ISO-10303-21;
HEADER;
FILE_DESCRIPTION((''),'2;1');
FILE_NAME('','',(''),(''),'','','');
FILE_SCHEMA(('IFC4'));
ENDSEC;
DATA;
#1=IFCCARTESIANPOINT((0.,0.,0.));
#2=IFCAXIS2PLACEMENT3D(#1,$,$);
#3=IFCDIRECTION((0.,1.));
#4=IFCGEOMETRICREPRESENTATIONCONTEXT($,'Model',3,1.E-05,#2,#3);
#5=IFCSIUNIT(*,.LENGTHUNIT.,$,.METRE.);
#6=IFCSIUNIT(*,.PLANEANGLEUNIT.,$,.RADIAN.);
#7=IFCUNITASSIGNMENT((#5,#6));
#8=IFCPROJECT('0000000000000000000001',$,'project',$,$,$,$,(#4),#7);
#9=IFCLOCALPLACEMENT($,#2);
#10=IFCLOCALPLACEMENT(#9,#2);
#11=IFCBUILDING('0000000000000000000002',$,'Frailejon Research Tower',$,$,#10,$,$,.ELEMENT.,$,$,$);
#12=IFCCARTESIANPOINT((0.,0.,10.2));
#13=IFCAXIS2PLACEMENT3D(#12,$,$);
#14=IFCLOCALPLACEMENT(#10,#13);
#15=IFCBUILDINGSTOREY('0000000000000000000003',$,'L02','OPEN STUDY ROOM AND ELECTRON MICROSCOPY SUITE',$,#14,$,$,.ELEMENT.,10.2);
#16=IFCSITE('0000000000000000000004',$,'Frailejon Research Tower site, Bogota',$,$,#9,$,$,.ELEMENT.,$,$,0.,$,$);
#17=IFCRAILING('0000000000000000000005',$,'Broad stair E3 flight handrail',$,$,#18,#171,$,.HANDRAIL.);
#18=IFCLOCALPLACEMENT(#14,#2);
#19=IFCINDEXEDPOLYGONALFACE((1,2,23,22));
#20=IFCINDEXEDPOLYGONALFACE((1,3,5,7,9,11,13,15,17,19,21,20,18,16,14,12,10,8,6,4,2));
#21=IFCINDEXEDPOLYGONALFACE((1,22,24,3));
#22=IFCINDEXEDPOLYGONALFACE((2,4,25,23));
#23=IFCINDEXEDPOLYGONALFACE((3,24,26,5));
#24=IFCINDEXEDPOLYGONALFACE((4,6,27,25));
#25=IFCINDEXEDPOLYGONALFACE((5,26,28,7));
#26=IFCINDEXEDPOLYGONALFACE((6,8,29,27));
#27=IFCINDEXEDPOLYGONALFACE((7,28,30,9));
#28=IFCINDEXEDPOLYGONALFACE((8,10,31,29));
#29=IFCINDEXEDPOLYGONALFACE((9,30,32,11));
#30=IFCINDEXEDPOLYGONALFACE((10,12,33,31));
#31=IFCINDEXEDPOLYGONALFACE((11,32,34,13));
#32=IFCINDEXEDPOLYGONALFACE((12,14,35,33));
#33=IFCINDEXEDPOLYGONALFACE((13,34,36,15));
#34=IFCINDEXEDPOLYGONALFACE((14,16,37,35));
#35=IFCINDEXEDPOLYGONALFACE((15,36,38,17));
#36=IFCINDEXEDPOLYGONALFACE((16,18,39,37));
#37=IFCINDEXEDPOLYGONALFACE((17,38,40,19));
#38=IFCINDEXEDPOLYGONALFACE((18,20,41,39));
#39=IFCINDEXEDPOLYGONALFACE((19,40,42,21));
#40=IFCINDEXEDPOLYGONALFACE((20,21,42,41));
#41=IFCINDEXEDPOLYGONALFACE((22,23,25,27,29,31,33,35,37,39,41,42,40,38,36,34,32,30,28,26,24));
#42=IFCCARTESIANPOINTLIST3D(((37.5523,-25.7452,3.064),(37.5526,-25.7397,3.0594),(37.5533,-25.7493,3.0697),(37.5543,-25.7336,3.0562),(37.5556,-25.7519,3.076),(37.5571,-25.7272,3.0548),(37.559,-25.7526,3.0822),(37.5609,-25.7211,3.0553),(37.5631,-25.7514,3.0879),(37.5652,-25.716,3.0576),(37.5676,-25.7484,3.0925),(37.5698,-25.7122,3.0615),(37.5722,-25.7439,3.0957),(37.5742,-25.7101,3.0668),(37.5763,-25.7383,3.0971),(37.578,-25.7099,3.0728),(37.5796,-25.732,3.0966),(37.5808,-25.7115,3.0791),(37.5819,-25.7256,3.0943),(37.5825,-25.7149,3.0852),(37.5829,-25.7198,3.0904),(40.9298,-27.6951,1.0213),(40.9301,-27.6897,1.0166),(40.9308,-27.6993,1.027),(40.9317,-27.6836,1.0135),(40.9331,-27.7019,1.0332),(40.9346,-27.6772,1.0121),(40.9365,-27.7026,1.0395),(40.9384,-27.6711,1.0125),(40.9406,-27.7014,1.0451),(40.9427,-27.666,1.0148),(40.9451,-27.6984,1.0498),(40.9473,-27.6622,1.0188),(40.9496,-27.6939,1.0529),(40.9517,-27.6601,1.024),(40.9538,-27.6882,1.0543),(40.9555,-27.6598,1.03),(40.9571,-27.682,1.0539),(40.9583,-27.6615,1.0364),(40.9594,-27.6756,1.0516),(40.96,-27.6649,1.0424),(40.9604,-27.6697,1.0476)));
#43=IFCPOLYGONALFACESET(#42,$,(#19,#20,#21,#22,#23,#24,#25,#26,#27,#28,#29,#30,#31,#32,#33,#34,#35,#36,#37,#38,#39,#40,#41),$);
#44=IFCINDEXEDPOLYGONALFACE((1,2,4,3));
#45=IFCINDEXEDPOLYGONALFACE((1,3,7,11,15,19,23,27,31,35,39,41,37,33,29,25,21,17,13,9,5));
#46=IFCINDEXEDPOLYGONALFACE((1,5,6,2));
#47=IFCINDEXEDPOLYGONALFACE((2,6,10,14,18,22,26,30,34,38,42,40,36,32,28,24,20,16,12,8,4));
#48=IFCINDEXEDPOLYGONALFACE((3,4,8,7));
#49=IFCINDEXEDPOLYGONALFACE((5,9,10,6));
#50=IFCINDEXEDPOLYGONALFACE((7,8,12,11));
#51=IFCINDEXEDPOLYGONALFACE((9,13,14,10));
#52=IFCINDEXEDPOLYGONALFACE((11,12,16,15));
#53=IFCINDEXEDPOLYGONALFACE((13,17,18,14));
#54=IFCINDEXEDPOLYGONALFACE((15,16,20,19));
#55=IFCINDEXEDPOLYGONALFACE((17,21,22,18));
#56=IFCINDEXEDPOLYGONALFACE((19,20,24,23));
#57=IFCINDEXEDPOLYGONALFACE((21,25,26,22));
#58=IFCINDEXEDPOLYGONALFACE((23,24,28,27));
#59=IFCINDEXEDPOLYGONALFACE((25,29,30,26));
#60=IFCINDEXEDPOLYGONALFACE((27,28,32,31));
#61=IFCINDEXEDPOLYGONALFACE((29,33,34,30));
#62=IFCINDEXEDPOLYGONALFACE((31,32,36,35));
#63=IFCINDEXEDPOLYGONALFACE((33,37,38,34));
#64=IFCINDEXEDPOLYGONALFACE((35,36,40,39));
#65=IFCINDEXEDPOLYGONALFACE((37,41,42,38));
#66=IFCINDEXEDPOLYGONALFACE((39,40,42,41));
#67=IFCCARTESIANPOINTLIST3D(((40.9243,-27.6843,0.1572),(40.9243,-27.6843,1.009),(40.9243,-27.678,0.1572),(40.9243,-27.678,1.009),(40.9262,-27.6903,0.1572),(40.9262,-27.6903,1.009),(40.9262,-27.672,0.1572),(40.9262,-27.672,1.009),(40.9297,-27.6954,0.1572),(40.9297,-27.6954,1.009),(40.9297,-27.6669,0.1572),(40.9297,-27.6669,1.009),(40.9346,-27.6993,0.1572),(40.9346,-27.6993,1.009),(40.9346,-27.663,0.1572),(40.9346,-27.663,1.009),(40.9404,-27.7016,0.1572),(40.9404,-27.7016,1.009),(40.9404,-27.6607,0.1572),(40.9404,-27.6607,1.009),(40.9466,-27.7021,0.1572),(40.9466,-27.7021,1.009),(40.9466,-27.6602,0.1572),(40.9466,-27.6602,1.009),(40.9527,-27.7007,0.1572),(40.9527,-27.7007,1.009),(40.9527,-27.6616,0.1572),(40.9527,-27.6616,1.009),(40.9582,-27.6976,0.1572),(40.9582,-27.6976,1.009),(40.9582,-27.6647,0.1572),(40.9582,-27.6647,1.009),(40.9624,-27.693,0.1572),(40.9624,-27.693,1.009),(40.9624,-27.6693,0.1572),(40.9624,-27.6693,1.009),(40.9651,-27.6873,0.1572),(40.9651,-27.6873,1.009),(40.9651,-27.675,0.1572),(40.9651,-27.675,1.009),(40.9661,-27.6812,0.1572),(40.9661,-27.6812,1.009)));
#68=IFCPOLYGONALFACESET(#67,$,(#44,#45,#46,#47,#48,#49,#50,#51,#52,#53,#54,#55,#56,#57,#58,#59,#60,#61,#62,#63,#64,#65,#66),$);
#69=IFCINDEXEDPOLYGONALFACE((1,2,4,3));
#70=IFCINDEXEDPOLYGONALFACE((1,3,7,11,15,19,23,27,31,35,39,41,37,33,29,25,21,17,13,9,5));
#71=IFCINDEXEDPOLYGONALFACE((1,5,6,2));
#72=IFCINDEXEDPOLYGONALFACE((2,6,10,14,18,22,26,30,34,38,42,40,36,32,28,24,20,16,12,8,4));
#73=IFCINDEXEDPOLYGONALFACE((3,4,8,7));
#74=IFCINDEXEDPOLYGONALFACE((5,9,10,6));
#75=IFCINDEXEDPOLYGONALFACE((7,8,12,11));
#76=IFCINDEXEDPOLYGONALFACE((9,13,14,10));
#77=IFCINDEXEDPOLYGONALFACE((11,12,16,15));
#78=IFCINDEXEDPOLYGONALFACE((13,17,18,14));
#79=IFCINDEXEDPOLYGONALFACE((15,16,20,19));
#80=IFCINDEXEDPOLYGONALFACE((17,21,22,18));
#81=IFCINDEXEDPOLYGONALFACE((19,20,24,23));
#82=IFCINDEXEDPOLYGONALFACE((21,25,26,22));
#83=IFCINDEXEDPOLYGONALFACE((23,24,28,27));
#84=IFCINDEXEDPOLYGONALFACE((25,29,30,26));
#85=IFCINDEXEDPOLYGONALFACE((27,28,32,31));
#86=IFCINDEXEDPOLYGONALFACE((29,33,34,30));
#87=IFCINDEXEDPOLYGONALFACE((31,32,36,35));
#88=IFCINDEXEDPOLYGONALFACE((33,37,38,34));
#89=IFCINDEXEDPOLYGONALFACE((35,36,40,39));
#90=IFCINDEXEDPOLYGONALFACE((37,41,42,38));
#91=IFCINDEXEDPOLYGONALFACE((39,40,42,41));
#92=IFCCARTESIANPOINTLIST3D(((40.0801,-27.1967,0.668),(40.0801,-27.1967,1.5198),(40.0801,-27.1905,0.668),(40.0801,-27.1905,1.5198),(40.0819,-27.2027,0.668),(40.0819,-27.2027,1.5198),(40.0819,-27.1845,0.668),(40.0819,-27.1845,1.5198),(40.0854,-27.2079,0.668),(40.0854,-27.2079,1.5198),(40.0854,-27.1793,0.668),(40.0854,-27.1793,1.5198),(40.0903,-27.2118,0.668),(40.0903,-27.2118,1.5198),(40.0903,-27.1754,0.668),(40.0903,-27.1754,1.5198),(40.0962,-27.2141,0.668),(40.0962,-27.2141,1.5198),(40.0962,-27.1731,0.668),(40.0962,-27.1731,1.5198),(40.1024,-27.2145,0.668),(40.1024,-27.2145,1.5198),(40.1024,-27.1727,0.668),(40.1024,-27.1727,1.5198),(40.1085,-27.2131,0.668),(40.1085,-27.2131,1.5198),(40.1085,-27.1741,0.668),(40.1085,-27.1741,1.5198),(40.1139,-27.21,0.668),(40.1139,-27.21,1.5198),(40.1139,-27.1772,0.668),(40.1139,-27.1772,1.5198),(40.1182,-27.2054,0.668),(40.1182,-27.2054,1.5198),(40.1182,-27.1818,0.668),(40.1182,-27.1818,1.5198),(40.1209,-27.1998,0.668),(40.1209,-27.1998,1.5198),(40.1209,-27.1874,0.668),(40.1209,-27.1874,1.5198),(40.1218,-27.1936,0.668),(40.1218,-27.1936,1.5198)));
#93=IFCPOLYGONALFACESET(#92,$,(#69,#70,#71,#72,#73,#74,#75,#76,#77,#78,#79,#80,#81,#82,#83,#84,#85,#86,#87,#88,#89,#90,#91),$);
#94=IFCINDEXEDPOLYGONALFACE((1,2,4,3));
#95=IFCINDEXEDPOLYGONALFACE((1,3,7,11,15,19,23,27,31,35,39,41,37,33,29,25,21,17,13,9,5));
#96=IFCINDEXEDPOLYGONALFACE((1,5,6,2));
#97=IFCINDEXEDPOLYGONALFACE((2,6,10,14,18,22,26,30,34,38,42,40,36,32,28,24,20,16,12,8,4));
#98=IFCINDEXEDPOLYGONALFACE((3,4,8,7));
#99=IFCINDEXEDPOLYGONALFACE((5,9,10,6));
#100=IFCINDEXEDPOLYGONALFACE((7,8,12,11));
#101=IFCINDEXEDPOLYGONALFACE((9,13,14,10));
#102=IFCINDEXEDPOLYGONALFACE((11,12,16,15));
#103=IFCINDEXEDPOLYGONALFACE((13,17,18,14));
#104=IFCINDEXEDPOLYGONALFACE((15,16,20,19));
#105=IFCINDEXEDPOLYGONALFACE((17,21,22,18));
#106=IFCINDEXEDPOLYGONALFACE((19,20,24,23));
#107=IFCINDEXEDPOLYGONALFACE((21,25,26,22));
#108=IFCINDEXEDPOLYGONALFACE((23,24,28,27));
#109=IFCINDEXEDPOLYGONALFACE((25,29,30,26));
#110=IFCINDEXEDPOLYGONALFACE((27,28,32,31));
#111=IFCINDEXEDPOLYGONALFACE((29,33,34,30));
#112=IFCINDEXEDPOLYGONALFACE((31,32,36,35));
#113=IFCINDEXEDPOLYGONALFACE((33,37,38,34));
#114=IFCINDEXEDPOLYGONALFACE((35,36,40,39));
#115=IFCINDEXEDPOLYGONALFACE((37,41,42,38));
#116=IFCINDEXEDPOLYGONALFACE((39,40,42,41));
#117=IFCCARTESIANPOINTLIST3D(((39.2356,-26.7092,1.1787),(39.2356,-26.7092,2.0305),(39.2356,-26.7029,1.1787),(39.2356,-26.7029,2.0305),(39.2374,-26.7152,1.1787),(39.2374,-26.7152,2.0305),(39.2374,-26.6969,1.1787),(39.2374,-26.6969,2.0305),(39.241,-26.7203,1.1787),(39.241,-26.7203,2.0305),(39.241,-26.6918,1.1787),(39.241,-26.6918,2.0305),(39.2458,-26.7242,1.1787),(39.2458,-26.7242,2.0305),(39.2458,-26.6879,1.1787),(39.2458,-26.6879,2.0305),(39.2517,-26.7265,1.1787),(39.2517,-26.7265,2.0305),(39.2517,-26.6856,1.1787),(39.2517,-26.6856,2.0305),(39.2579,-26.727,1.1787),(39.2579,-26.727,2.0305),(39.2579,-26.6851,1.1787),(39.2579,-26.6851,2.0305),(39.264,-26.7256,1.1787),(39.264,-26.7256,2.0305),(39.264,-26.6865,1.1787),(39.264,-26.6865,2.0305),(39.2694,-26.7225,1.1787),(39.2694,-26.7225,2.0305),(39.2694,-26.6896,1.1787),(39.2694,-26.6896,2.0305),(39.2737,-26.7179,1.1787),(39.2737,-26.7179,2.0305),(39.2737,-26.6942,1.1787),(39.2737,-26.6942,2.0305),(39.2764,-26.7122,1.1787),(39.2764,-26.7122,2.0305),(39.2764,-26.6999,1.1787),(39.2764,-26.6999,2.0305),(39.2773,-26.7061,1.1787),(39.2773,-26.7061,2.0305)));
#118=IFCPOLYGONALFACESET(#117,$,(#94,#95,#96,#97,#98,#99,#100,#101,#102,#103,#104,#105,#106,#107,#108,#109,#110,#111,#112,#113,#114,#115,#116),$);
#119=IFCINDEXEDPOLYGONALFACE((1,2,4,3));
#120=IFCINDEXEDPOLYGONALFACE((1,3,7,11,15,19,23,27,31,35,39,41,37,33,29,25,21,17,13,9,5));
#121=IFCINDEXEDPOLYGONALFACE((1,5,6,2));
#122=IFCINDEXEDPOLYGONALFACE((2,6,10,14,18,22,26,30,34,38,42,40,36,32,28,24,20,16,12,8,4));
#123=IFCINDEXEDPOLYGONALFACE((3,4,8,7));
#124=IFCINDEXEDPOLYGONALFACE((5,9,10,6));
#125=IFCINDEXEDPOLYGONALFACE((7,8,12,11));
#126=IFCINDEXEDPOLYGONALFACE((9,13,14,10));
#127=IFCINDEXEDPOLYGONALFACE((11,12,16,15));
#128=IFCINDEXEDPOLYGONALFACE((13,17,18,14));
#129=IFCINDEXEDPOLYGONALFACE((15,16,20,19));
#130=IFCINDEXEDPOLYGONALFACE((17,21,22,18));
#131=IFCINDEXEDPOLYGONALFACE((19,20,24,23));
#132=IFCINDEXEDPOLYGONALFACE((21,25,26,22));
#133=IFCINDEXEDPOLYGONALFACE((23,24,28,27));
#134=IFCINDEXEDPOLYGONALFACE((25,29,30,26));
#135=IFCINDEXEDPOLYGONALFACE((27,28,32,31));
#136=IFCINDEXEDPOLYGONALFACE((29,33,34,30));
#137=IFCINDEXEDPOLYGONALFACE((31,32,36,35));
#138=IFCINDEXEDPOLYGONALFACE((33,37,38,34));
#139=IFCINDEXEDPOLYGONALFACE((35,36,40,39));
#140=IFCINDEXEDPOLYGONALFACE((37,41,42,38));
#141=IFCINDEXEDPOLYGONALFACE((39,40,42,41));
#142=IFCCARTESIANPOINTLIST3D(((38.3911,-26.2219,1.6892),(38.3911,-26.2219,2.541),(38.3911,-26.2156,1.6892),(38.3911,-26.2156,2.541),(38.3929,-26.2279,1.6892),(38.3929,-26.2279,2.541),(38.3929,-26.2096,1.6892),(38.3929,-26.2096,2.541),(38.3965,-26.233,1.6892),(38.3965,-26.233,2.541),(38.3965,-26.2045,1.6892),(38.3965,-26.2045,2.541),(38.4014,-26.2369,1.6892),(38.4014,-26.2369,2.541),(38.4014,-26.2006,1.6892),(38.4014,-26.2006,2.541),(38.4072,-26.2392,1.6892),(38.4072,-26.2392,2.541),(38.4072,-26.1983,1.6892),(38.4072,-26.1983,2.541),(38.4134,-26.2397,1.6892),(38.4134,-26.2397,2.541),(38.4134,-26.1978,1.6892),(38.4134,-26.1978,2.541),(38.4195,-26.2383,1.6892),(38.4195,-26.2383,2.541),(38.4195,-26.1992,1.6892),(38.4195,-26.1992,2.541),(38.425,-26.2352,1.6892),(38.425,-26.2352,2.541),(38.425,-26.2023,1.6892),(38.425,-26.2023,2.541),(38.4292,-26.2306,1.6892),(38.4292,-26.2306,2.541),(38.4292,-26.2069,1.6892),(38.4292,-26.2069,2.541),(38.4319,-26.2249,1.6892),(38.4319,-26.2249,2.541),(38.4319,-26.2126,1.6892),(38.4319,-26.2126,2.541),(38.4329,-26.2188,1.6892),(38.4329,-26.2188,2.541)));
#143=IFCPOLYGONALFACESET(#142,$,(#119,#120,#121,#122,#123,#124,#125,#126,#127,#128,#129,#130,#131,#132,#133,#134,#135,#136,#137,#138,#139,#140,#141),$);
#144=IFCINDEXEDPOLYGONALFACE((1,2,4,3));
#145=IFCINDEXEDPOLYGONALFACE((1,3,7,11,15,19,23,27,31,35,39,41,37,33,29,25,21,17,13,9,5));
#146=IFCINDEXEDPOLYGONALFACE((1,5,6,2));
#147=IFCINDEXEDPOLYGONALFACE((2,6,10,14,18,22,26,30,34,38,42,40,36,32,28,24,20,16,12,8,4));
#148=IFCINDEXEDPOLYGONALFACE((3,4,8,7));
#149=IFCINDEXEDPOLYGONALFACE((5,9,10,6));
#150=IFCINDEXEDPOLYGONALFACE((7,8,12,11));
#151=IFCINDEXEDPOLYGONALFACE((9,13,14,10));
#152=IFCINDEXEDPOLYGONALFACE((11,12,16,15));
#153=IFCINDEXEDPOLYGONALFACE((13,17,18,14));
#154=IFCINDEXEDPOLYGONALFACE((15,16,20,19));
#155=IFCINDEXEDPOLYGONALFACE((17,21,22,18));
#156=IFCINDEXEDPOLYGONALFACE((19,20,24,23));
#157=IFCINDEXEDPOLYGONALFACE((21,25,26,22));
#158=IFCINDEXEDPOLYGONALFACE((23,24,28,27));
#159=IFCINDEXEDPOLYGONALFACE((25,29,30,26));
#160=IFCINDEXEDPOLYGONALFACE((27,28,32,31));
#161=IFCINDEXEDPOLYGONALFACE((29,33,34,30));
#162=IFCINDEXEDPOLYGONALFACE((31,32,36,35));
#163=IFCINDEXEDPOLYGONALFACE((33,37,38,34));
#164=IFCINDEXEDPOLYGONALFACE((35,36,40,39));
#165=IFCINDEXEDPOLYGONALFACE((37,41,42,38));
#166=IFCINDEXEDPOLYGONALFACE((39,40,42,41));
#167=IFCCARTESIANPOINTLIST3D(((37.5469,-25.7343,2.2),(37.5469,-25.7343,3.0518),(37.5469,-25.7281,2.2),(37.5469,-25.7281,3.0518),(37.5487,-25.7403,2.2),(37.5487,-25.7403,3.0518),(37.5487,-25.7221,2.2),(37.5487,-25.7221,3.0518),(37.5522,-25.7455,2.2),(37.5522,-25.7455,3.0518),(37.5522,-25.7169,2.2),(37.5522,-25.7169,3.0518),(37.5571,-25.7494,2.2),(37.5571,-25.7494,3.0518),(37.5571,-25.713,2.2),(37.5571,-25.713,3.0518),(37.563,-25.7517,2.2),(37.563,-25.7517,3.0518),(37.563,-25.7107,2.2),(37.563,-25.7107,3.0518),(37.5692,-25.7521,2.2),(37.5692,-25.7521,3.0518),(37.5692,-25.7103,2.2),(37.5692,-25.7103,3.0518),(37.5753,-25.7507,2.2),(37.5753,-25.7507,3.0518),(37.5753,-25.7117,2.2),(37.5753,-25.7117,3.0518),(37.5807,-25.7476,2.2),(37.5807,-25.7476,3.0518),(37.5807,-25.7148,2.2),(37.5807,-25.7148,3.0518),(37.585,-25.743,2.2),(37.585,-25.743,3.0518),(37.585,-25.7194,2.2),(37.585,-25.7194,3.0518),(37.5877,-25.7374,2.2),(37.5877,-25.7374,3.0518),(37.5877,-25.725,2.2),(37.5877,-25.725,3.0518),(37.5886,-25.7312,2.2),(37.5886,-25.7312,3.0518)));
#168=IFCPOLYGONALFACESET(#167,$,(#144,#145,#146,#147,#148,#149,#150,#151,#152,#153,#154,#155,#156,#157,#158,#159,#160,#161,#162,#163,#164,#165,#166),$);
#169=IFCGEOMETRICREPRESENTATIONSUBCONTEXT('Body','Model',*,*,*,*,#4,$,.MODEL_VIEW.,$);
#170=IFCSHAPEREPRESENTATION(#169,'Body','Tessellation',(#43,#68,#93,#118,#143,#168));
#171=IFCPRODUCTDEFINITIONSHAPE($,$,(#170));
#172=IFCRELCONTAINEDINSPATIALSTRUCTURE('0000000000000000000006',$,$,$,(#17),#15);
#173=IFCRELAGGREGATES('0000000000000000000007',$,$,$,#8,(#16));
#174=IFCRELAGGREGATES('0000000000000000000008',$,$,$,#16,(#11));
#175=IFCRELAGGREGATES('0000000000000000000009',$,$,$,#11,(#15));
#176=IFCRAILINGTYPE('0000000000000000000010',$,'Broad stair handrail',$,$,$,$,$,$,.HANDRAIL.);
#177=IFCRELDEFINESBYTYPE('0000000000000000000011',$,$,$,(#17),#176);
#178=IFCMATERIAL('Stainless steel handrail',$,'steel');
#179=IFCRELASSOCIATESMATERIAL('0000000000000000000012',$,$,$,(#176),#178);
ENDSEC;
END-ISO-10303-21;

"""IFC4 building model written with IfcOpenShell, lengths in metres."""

from ifc_helpers import new_model, si_unit, direction, frame, origin, origin_2d, place, context, subcontext, project, spatial, circle, extrude, material, type_object, element, save


model = new_model("IFC4")

# Units and contexts
model_context = context("Model", 3, precision=1e-05, world=origin(), true_north=direction((0.0, 1.0)))
body_context = subcontext(model_context, "Body", "Model", "MODEL_VIEW")
ifc_project = project(units=[si_unit("LENGTHUNIT", "METRE"), si_unit("PLANEANGLEUNIT", "RADIAN")], contexts=[model_context])

# Site, building, storey
site_placement = place(None, origin())
site = spatial("IfcSite", under=ifc_project, at=site_placement, Name="Frailejon Research Tower site, Bogota", CompositionType="ELEMENT", RefElevation=0.0)
building_placement = place(site_placement, origin())
building = spatial("IfcBuilding", under=site, at=building_placement, Name="Frailejon Research Tower", CompositionType="ELEMENT")
storey_placement = place(building_placement, frame((0.0, 0.0, 10.2)))
storey = spatial("IfcBuildingStorey", under=building, at=storey_placement, Name="L02", Description="OPEN STUDY ROOM AND ELECTRON MICROSCOPY SUITE", CompositionType="ELEMENT", Elevation=10.2)

# Railing
ifc_material_1 = material(Name="Stainless steel handrail", Category="steel")
railing_type_1 = type_object("IfcRailingType", Name="Broad stair handrail", PredefinedType="HANDRAIL", material=ifc_material_1)
for number, where, name in (
    (1, (40.9451, -27.6812, 0.1572), "Broad stair E3 flight handrail"),
):
    element("IfcRailing", number, at=place(storey_placement, frame(where)), inside=storey, type_object=railing_type_1, Name=name, PredefinedType="HANDRAIL", context=body_context, shape_type="SweptSolid", body=[
        extrude(circle(Radius=0.0239, at=origin_2d()), frame((0.0, 0.0, 0.876), z_axis=(-0.767162, 0.442917, 0.46399), x_axis=(-0.499997, -0.866027, 0.0)), (0.0, 0.0, 1.0), 4.4026),
        extrude(circle(Radius=0.021, at=origin_2d()), origin(), (0.0, 0.0, 1.0), 0.8518),
        extrude(circle(Radius=0.021, at=origin_2d()), frame((-0.8442, 0.4875, 0.5107)), (0.0, 0.0, 1.0), 0.8518),
        extrude(circle(Radius=0.021, at=origin_2d()), frame((-1.6887, 0.9751, 1.0215)), (0.0, 0.0, 1.0), 0.8518),
        extrude(circle(Radius=0.021, at=origin_2d()), frame((-2.5332, 1.4624, 1.532)), (0.0, 0.0, 1.0), 0.8518),
        extrude(circle(Radius=0.021, at=origin_2d()), frame((-3.3774, 1.95, 2.0427)), (0.0, 0.0, 1.0), 0.8518),
    ])

save(model, "model.ifc")
